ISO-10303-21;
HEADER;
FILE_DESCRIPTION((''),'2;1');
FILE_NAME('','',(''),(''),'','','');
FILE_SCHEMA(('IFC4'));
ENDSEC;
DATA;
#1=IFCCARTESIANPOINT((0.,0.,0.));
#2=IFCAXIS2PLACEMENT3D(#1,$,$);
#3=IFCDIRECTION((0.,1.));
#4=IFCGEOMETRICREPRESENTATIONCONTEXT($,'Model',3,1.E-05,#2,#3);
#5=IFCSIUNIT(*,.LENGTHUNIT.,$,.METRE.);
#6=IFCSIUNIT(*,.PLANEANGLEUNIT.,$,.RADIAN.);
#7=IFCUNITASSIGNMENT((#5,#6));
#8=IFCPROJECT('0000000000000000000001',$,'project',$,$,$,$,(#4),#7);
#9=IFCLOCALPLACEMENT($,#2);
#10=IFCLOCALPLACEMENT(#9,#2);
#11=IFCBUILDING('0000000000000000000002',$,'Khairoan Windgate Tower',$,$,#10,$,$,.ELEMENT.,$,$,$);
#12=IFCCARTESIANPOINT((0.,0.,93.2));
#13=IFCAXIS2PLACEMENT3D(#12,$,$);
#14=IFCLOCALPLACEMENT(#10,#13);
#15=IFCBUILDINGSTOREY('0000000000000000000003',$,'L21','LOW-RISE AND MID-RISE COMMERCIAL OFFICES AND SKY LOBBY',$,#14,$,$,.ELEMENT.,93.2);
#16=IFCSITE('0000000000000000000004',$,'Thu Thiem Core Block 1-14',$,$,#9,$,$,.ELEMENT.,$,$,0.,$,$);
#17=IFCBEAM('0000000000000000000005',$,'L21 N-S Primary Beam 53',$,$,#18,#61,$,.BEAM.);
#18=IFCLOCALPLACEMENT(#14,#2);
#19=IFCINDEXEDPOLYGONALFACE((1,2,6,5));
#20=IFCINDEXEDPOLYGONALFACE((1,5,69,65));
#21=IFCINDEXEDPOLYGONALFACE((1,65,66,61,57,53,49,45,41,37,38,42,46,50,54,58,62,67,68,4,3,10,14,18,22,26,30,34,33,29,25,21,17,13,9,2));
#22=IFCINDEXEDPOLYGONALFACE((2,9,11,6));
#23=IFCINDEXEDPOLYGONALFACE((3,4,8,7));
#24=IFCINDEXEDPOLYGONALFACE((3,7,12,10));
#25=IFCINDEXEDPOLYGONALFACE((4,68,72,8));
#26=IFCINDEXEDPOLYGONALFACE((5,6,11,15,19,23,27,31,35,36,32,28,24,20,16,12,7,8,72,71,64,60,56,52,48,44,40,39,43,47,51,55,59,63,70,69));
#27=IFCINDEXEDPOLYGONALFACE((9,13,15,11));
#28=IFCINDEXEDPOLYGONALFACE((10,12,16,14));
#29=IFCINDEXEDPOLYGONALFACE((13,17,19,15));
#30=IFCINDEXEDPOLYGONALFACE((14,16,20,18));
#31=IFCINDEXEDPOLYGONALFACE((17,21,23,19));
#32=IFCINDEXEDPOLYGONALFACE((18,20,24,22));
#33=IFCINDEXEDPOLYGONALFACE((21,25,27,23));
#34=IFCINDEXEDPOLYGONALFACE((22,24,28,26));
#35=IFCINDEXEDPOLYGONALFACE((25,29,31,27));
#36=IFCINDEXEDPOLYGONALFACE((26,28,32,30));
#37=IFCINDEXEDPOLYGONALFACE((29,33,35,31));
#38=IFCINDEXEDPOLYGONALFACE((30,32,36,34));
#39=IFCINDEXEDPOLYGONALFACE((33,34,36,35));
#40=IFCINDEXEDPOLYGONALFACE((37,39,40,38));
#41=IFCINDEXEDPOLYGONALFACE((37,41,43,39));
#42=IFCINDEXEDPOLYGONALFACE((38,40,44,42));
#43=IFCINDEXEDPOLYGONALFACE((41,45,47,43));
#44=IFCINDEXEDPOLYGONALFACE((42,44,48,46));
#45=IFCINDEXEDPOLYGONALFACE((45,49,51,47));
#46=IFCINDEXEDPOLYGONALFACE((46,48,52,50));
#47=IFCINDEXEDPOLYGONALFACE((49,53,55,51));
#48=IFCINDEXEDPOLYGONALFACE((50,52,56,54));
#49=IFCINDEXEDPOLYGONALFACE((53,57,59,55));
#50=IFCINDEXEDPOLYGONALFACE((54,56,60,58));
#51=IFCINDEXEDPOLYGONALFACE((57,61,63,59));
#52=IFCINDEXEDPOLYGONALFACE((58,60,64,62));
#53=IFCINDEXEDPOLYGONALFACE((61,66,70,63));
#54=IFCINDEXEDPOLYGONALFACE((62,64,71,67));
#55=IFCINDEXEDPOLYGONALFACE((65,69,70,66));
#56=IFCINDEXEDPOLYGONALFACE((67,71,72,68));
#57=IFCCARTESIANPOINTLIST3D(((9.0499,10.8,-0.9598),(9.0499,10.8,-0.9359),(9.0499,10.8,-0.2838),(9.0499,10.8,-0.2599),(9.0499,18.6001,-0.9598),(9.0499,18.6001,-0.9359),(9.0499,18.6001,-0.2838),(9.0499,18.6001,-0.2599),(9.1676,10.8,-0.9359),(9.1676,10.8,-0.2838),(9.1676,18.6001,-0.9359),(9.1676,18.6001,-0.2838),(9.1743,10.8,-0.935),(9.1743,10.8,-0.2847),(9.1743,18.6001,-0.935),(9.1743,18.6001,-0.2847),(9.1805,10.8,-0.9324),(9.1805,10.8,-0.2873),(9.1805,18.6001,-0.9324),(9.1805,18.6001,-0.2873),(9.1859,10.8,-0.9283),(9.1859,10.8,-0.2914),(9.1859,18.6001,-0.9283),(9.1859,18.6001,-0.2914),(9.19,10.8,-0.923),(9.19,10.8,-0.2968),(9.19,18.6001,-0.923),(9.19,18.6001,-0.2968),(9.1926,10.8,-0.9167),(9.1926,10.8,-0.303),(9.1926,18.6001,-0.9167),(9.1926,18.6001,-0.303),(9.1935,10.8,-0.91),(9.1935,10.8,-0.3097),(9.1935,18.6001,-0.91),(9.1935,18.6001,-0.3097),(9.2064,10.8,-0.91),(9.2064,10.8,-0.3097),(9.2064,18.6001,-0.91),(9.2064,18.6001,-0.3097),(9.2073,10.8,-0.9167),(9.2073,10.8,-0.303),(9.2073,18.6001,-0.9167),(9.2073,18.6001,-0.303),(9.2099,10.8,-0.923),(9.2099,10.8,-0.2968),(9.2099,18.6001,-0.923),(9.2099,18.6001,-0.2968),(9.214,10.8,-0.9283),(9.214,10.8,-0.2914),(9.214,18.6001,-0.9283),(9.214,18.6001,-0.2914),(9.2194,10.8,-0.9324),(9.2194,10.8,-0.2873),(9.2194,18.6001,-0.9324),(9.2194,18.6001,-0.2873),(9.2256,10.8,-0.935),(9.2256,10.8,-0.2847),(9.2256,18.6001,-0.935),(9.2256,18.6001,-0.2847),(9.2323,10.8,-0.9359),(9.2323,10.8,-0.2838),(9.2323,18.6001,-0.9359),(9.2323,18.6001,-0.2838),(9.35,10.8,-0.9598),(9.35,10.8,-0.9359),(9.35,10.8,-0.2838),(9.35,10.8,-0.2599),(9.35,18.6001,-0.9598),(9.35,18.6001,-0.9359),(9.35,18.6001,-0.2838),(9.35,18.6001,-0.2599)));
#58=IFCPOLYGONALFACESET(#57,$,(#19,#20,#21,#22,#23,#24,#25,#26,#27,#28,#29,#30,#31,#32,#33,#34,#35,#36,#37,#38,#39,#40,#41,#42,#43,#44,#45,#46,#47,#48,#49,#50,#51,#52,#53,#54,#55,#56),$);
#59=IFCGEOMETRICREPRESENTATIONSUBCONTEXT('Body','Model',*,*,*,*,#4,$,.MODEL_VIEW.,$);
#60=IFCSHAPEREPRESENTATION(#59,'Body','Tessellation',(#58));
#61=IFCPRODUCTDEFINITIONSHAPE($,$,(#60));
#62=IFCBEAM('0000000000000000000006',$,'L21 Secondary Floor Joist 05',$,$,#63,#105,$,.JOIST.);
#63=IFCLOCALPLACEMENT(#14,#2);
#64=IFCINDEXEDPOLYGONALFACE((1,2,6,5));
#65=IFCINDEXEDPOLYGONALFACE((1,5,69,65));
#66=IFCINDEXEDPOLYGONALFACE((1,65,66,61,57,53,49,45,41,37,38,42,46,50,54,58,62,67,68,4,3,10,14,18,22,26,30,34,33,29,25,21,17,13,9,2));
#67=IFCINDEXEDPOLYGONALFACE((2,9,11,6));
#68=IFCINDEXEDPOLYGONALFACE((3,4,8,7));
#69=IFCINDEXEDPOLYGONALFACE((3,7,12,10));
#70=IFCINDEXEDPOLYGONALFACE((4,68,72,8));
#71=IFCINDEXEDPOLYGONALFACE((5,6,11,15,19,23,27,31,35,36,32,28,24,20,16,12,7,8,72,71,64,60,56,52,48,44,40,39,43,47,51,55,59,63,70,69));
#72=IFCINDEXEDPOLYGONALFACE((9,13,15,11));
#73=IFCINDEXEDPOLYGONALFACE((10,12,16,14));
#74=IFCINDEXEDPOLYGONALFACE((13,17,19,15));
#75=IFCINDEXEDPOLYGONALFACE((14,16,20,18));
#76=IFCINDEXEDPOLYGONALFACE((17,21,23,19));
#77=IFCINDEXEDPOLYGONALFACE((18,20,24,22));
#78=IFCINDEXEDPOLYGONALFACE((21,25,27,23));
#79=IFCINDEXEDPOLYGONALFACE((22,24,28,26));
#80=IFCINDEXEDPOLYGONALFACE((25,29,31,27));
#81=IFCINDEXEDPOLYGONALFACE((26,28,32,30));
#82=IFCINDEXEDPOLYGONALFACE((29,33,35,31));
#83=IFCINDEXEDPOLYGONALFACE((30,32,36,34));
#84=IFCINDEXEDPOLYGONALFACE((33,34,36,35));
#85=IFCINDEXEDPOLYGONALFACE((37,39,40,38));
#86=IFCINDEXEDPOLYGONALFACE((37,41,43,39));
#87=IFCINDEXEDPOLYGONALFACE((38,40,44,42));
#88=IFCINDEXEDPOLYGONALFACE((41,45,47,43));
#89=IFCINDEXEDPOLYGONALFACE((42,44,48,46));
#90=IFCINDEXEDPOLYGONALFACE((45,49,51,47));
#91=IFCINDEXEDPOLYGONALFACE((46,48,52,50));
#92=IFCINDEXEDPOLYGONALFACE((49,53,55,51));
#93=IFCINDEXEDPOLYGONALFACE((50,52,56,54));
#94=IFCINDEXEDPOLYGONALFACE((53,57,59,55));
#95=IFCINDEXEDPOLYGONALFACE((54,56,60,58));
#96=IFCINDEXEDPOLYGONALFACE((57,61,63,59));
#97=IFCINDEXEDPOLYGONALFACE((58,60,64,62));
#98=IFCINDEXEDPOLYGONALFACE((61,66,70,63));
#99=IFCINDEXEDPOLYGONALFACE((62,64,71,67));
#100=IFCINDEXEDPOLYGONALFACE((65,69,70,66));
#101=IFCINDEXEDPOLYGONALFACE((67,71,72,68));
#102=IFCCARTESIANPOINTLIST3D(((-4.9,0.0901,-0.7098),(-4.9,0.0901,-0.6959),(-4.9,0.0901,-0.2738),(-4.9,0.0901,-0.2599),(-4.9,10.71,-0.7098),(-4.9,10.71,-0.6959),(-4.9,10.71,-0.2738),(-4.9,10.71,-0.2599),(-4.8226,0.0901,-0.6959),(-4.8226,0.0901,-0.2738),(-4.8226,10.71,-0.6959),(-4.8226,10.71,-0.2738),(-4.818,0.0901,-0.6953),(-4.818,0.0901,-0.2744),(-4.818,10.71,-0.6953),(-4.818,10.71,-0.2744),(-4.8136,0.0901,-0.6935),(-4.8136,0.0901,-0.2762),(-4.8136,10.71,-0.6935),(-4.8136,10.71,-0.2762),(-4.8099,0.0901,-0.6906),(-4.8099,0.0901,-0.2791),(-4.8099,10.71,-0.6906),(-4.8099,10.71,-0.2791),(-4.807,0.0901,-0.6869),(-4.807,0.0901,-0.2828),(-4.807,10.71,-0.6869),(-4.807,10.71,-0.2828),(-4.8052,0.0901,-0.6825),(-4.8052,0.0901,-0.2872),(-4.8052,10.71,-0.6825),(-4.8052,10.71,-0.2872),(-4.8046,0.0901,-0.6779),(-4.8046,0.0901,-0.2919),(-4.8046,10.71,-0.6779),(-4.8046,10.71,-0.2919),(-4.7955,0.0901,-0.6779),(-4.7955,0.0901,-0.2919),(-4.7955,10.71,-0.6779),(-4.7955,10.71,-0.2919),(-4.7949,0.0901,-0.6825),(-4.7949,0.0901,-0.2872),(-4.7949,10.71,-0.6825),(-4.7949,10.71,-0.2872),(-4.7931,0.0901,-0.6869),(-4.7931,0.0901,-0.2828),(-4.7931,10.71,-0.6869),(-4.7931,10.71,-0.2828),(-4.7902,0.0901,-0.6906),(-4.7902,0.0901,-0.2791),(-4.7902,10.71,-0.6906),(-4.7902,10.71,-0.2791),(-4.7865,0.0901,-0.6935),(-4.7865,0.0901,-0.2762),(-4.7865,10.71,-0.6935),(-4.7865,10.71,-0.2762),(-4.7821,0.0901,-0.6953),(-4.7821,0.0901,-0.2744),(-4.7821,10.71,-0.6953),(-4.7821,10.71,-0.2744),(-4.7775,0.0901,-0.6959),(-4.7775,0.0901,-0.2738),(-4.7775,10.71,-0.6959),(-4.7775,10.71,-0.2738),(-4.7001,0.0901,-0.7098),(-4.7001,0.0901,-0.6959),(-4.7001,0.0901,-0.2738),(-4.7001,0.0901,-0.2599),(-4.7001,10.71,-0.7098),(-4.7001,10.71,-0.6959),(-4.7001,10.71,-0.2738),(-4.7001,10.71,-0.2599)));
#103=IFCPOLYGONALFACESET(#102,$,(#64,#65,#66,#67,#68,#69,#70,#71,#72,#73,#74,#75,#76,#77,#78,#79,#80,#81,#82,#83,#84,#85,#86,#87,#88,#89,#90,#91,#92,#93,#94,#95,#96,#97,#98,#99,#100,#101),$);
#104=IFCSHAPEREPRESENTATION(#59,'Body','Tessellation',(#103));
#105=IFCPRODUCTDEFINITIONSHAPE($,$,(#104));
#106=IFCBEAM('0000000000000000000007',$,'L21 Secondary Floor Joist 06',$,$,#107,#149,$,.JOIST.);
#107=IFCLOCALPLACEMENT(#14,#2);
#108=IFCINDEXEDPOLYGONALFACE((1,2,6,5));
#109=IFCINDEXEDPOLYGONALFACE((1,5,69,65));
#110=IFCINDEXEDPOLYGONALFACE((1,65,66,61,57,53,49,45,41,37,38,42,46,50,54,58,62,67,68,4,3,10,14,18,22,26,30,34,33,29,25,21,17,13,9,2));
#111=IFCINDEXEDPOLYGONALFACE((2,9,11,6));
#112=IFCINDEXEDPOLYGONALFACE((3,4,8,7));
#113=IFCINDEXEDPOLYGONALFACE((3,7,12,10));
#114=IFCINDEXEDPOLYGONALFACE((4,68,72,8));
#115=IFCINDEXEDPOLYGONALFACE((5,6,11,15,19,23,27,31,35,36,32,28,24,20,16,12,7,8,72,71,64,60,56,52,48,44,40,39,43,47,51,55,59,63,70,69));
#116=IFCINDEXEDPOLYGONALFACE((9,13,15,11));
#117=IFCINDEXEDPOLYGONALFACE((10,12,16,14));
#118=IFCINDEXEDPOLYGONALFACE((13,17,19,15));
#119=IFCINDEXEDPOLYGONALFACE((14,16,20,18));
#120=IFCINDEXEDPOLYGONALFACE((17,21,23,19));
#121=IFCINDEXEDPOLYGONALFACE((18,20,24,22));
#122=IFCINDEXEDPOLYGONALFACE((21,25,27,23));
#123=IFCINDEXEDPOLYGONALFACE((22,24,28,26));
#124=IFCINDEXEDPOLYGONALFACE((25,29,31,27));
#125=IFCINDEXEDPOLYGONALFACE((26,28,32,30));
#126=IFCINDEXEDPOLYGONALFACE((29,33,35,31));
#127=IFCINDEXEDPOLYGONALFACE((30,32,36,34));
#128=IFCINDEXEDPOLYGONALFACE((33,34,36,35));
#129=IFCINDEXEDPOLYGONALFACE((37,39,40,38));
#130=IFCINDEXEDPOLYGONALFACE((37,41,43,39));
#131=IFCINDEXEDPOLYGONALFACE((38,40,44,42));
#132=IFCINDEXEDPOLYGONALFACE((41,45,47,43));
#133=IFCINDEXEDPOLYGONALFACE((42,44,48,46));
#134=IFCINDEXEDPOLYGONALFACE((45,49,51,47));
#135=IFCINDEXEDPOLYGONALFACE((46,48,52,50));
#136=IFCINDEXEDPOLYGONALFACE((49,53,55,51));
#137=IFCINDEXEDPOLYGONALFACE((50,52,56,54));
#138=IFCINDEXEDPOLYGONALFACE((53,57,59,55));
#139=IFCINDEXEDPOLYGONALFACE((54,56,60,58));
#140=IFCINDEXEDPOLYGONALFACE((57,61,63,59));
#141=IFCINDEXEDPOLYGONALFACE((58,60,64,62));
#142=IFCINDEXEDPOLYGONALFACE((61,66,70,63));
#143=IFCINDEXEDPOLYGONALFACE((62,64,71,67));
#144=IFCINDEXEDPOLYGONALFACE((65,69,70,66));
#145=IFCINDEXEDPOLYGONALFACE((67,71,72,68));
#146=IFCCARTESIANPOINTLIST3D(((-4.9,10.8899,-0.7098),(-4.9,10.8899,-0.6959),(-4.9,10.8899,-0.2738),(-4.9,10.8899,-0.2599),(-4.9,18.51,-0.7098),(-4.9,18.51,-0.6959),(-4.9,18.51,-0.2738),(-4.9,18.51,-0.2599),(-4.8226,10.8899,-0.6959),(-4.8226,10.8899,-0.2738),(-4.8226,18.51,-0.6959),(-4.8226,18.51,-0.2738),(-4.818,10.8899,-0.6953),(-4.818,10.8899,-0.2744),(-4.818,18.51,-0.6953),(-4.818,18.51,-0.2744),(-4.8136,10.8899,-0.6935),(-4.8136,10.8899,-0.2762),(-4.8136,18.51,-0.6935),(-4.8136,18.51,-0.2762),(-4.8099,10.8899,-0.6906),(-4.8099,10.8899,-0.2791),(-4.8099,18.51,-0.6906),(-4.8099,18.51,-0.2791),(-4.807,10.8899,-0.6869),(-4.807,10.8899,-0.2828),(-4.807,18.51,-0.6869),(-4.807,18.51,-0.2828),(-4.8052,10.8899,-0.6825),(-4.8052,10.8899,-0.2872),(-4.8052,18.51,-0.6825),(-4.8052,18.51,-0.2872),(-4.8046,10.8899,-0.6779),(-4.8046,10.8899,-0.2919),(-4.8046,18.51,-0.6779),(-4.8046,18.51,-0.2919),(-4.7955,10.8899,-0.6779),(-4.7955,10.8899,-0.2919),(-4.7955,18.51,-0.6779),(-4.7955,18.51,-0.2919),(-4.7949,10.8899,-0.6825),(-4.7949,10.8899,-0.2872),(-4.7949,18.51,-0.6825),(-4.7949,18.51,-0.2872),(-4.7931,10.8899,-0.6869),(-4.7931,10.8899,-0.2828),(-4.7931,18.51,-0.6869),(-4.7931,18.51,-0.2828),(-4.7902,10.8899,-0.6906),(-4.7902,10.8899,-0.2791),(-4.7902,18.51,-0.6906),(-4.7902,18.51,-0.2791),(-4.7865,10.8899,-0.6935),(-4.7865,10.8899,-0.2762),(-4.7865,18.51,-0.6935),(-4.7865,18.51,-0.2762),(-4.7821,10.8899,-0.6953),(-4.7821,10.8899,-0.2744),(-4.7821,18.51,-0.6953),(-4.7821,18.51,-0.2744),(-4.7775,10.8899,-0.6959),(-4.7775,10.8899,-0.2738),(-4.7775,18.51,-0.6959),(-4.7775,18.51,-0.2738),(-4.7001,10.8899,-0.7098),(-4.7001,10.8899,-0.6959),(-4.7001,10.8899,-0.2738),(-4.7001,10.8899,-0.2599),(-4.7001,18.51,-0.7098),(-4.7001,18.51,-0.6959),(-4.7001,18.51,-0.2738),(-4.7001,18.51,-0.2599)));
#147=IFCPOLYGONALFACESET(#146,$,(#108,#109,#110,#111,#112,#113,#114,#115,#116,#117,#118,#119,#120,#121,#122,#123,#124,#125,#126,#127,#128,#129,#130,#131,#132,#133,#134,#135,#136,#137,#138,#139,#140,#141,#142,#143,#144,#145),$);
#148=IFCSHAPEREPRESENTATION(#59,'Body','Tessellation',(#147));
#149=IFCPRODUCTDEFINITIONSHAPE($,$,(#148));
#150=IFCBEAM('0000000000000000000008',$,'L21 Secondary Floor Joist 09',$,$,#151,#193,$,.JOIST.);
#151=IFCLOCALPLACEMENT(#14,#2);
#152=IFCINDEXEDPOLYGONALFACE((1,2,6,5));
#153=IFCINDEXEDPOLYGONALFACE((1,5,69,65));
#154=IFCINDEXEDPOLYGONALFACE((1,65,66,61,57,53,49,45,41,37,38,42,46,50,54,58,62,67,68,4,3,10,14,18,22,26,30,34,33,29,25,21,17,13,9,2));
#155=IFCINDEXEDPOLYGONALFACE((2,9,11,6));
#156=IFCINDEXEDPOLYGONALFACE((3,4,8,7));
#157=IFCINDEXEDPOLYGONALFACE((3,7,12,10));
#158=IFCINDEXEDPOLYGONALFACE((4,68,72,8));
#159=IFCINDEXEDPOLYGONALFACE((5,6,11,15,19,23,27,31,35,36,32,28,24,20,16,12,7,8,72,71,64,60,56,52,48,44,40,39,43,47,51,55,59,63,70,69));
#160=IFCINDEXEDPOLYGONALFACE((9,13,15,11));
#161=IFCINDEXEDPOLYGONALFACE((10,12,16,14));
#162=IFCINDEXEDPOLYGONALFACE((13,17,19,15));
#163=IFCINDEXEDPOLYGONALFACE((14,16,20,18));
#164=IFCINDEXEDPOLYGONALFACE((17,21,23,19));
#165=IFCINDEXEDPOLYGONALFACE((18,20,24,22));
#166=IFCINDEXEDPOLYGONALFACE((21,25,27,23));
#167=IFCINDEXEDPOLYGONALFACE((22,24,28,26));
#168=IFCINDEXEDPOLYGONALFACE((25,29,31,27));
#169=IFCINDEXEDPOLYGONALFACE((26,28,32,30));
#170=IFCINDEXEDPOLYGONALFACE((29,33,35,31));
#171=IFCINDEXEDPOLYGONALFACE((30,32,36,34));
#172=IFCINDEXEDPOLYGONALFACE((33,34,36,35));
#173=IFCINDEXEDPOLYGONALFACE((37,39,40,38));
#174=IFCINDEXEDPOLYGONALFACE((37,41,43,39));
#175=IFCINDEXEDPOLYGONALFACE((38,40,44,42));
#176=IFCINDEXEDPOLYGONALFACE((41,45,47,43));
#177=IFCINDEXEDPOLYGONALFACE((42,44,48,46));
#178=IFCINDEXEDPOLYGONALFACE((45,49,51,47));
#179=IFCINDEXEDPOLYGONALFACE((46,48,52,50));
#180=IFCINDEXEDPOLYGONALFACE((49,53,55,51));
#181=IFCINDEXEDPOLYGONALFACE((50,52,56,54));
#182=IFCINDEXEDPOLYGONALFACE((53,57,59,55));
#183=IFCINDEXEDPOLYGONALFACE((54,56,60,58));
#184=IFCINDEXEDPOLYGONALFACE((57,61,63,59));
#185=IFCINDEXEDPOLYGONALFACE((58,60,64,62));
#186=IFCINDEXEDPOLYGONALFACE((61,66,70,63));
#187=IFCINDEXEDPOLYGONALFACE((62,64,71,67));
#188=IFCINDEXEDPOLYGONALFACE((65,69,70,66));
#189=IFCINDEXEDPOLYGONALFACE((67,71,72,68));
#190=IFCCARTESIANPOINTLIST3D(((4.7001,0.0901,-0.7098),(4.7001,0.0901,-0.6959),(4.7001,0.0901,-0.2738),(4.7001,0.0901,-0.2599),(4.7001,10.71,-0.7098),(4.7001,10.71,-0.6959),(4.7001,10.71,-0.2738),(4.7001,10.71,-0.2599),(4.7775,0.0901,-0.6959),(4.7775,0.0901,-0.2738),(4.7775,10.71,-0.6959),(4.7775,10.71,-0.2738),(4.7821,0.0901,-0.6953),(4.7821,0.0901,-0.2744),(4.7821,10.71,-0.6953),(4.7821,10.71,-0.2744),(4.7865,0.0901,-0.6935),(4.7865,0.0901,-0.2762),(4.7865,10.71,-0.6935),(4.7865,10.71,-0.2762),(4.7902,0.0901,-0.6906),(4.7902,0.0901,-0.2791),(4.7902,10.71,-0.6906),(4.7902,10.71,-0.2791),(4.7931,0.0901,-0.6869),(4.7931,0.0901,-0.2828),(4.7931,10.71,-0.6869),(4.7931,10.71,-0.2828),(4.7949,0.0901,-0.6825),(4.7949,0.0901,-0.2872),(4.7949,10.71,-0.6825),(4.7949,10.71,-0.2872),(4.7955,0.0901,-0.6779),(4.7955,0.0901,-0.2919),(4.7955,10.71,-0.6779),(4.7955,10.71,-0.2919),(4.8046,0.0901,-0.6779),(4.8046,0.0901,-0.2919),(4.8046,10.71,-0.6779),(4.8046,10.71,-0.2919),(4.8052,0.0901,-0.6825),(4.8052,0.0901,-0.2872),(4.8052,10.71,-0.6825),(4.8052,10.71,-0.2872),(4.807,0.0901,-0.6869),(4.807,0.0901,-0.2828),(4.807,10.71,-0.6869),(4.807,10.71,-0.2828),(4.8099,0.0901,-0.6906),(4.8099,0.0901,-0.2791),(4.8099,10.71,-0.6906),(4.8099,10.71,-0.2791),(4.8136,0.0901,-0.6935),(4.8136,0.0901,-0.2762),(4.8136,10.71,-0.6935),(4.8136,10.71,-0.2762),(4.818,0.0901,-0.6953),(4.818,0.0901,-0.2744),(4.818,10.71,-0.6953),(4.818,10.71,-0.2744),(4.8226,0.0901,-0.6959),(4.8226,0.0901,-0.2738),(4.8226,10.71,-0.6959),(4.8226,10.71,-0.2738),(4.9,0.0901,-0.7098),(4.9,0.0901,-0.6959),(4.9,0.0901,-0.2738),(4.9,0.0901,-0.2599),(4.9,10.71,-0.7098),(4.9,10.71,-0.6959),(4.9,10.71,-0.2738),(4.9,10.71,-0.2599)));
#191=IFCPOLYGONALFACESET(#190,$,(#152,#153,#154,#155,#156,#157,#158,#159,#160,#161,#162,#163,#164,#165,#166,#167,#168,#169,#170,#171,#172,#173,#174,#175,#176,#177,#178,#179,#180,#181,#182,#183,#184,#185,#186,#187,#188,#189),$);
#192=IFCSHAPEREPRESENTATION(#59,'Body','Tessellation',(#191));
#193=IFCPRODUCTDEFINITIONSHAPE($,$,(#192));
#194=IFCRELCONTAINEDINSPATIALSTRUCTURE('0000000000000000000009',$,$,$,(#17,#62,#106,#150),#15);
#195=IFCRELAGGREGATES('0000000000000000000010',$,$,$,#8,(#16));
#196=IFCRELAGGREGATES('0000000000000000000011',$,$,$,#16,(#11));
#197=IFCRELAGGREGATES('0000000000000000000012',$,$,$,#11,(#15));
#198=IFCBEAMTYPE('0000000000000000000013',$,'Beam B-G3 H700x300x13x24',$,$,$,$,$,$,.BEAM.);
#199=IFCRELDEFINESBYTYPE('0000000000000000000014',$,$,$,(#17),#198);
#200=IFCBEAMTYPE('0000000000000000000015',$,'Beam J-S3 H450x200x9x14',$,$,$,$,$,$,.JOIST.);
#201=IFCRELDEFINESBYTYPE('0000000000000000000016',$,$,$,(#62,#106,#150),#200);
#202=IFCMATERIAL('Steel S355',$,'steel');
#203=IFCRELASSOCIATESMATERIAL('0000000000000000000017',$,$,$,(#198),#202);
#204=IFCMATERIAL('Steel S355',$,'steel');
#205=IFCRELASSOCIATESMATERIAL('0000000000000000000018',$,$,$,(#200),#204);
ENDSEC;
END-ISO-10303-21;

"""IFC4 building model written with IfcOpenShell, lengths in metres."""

from ifc_helpers import new_model, si_unit, direction, frame, origin, origin_2d, place, context, subcontext, project, spatial, i_section, extrude, material, material_profile, profile_set, type_object, element, save


model = new_model("IFC4")

# Units and contexts
model_context = context("Model", 3, precision=1e-05, world=origin(), true_north=direction((0.0, 1.0)))
body_context = subcontext(model_context, "Body", "Model", "MODEL_VIEW")
ifc_project = project(units=[si_unit("LENGTHUNIT", "METRE"), si_unit("PLANEANGLEUNIT", "RADIAN")], contexts=[model_context])

# Site, building, storey
site_placement = place(None, origin())
site = spatial("IfcSite", under=ifc_project, at=site_placement, Name="Thu Thiem Core Block 1-14", CompositionType="ELEMENT", RefElevation=0.0)
building_placement = place(site_placement, origin())
building = spatial("IfcBuilding", under=site, at=building_placement, Name="Khairoan Windgate Tower", CompositionType="ELEMENT")
storey_placement = place(building_placement, frame((0.0, 0.0, 93.2)))
storey = spatial("IfcBuildingStorey", under=building, at=storey_placement, Name="L21", Description="LOW-RISE AND MID-RISE COMMERCIAL OFFICES AND SKY LOBBY", CompositionType="ELEMENT", Elevation=93.2)

# Beams
ifc_material_1 = material(Name="Steel S355", Category="steel")
ifc_material_profile_1 = material_profile(ifc_material_1, i_section(OverallWidth=0.3, OverallDepth=0.7, WebThickness=0.0129, FlangeThickness=0.0239, FilletRadius=0.0259, at=origin_2d()))
ifc_profile_set_1 = profile_set([ifc_material_profile_1], Name="Steel S355")
beam_type_1 = type_object("IfcBeamType", Name="Beam B-G3 H700x300x13x24", PredefinedType="BEAM", material=ifc_profile_set_1)
beam_1_placement = place(storey_placement, frame((9.2, 10.8, -0.6099), z_axis=(0.0, 1.0, 0.0), x_axis=(-1.0, 0.0, 0.0)))
element("IfcBeam", 1, at=beam_1_placement, inside=storey, type_object=beam_type_1, Name="L21 N-S Primary Beam 53", PredefinedType="BEAM", context=body_context, shape_type="SweptSolid", body=[
    extrude(i_section(OverallWidth=0.3, OverallDepth=0.7, WebThickness=0.0129, FlangeThickness=0.0239, FilletRadius=0.0259, at=origin_2d()), origin(), (0.0, 0.0, 1.0), 7.8),
])
ifc_material_2 = material(Name="Steel S355", Category="steel")
ifc_material_profile_2 = material_profile(ifc_material_2, i_section(OverallWidth=0.2, OverallDepth=0.45, WebThickness=0.009, FlangeThickness=0.0139, FilletRadius=0.0181, at=origin_2d()))
ifc_profile_set_2 = profile_set([ifc_material_profile_2], Name="Steel S355")
beam_type_2 = type_object("IfcBeamType", Name="Beam J-S3 H450x200x9x14", PredefinedType="JOIST", material=ifc_profile_set_2)
beam_2_placement = place(storey_placement, frame((-4.8, 0.0901, -0.4849), z_axis=(0.0, 1.0, 0.0), x_axis=(-1.0, 0.0, 0.0)))
element("IfcBeam", 2, at=beam_2_placement, inside=storey, type_object=beam_type_2, Name="L21 Secondary Floor Joist 05", PredefinedType="JOIST", context=body_context, shape_type="SweptSolid", body=[
    extrude(i_section(OverallWidth=0.2, OverallDepth=0.45, WebThickness=0.009, FlangeThickness=0.0139, FilletRadius=0.0181, at=origin_2d()), origin(), (0.0, 0.0, 1.0), 10.6199),
])
beam_3_placement = place(storey_placement, frame((-4.8, 10.8899, -0.4849), z_axis=(0.0, 1.0, 0.0), x_axis=(-1.0, 0.0, 0.0)))
element("IfcBeam", 3, at=beam_3_placement, inside=storey, type_object=beam_type_2, Name="L21 Secondary Floor Joist 06", PredefinedType="JOIST", context=body_context, shape_type="SweptSolid", body=[
    extrude(i_section(OverallWidth=0.2, OverallDepth=0.45, WebThickness=0.009, FlangeThickness=0.0139, FilletRadius=0.0181, at=origin_2d()), origin(), (0.0, 0.0, 1.0), 7.6201),
])
beam_4_placement = place(storey_placement, frame((4.8, 0.0901, -0.4849), z_axis=(0.0, 1.0, 0.0), x_axis=(-1.0, 0.0, 0.0)))
element("IfcBeam", 4, at=beam_4_placement, inside=storey, type_object=beam_type_2, Name="L21 Secondary Floor Joist 09", PredefinedType="JOIST", context=body_context, shape_type="SweptSolid", body=[
    extrude(i_section(OverallWidth=0.2, OverallDepth=0.45, WebThickness=0.009, FlangeThickness=0.0139, FilletRadius=0.0181, at=origin_2d()), origin(), (0.0, 0.0, 1.0), 10.6199),
])

save(model, "model.ifc")
